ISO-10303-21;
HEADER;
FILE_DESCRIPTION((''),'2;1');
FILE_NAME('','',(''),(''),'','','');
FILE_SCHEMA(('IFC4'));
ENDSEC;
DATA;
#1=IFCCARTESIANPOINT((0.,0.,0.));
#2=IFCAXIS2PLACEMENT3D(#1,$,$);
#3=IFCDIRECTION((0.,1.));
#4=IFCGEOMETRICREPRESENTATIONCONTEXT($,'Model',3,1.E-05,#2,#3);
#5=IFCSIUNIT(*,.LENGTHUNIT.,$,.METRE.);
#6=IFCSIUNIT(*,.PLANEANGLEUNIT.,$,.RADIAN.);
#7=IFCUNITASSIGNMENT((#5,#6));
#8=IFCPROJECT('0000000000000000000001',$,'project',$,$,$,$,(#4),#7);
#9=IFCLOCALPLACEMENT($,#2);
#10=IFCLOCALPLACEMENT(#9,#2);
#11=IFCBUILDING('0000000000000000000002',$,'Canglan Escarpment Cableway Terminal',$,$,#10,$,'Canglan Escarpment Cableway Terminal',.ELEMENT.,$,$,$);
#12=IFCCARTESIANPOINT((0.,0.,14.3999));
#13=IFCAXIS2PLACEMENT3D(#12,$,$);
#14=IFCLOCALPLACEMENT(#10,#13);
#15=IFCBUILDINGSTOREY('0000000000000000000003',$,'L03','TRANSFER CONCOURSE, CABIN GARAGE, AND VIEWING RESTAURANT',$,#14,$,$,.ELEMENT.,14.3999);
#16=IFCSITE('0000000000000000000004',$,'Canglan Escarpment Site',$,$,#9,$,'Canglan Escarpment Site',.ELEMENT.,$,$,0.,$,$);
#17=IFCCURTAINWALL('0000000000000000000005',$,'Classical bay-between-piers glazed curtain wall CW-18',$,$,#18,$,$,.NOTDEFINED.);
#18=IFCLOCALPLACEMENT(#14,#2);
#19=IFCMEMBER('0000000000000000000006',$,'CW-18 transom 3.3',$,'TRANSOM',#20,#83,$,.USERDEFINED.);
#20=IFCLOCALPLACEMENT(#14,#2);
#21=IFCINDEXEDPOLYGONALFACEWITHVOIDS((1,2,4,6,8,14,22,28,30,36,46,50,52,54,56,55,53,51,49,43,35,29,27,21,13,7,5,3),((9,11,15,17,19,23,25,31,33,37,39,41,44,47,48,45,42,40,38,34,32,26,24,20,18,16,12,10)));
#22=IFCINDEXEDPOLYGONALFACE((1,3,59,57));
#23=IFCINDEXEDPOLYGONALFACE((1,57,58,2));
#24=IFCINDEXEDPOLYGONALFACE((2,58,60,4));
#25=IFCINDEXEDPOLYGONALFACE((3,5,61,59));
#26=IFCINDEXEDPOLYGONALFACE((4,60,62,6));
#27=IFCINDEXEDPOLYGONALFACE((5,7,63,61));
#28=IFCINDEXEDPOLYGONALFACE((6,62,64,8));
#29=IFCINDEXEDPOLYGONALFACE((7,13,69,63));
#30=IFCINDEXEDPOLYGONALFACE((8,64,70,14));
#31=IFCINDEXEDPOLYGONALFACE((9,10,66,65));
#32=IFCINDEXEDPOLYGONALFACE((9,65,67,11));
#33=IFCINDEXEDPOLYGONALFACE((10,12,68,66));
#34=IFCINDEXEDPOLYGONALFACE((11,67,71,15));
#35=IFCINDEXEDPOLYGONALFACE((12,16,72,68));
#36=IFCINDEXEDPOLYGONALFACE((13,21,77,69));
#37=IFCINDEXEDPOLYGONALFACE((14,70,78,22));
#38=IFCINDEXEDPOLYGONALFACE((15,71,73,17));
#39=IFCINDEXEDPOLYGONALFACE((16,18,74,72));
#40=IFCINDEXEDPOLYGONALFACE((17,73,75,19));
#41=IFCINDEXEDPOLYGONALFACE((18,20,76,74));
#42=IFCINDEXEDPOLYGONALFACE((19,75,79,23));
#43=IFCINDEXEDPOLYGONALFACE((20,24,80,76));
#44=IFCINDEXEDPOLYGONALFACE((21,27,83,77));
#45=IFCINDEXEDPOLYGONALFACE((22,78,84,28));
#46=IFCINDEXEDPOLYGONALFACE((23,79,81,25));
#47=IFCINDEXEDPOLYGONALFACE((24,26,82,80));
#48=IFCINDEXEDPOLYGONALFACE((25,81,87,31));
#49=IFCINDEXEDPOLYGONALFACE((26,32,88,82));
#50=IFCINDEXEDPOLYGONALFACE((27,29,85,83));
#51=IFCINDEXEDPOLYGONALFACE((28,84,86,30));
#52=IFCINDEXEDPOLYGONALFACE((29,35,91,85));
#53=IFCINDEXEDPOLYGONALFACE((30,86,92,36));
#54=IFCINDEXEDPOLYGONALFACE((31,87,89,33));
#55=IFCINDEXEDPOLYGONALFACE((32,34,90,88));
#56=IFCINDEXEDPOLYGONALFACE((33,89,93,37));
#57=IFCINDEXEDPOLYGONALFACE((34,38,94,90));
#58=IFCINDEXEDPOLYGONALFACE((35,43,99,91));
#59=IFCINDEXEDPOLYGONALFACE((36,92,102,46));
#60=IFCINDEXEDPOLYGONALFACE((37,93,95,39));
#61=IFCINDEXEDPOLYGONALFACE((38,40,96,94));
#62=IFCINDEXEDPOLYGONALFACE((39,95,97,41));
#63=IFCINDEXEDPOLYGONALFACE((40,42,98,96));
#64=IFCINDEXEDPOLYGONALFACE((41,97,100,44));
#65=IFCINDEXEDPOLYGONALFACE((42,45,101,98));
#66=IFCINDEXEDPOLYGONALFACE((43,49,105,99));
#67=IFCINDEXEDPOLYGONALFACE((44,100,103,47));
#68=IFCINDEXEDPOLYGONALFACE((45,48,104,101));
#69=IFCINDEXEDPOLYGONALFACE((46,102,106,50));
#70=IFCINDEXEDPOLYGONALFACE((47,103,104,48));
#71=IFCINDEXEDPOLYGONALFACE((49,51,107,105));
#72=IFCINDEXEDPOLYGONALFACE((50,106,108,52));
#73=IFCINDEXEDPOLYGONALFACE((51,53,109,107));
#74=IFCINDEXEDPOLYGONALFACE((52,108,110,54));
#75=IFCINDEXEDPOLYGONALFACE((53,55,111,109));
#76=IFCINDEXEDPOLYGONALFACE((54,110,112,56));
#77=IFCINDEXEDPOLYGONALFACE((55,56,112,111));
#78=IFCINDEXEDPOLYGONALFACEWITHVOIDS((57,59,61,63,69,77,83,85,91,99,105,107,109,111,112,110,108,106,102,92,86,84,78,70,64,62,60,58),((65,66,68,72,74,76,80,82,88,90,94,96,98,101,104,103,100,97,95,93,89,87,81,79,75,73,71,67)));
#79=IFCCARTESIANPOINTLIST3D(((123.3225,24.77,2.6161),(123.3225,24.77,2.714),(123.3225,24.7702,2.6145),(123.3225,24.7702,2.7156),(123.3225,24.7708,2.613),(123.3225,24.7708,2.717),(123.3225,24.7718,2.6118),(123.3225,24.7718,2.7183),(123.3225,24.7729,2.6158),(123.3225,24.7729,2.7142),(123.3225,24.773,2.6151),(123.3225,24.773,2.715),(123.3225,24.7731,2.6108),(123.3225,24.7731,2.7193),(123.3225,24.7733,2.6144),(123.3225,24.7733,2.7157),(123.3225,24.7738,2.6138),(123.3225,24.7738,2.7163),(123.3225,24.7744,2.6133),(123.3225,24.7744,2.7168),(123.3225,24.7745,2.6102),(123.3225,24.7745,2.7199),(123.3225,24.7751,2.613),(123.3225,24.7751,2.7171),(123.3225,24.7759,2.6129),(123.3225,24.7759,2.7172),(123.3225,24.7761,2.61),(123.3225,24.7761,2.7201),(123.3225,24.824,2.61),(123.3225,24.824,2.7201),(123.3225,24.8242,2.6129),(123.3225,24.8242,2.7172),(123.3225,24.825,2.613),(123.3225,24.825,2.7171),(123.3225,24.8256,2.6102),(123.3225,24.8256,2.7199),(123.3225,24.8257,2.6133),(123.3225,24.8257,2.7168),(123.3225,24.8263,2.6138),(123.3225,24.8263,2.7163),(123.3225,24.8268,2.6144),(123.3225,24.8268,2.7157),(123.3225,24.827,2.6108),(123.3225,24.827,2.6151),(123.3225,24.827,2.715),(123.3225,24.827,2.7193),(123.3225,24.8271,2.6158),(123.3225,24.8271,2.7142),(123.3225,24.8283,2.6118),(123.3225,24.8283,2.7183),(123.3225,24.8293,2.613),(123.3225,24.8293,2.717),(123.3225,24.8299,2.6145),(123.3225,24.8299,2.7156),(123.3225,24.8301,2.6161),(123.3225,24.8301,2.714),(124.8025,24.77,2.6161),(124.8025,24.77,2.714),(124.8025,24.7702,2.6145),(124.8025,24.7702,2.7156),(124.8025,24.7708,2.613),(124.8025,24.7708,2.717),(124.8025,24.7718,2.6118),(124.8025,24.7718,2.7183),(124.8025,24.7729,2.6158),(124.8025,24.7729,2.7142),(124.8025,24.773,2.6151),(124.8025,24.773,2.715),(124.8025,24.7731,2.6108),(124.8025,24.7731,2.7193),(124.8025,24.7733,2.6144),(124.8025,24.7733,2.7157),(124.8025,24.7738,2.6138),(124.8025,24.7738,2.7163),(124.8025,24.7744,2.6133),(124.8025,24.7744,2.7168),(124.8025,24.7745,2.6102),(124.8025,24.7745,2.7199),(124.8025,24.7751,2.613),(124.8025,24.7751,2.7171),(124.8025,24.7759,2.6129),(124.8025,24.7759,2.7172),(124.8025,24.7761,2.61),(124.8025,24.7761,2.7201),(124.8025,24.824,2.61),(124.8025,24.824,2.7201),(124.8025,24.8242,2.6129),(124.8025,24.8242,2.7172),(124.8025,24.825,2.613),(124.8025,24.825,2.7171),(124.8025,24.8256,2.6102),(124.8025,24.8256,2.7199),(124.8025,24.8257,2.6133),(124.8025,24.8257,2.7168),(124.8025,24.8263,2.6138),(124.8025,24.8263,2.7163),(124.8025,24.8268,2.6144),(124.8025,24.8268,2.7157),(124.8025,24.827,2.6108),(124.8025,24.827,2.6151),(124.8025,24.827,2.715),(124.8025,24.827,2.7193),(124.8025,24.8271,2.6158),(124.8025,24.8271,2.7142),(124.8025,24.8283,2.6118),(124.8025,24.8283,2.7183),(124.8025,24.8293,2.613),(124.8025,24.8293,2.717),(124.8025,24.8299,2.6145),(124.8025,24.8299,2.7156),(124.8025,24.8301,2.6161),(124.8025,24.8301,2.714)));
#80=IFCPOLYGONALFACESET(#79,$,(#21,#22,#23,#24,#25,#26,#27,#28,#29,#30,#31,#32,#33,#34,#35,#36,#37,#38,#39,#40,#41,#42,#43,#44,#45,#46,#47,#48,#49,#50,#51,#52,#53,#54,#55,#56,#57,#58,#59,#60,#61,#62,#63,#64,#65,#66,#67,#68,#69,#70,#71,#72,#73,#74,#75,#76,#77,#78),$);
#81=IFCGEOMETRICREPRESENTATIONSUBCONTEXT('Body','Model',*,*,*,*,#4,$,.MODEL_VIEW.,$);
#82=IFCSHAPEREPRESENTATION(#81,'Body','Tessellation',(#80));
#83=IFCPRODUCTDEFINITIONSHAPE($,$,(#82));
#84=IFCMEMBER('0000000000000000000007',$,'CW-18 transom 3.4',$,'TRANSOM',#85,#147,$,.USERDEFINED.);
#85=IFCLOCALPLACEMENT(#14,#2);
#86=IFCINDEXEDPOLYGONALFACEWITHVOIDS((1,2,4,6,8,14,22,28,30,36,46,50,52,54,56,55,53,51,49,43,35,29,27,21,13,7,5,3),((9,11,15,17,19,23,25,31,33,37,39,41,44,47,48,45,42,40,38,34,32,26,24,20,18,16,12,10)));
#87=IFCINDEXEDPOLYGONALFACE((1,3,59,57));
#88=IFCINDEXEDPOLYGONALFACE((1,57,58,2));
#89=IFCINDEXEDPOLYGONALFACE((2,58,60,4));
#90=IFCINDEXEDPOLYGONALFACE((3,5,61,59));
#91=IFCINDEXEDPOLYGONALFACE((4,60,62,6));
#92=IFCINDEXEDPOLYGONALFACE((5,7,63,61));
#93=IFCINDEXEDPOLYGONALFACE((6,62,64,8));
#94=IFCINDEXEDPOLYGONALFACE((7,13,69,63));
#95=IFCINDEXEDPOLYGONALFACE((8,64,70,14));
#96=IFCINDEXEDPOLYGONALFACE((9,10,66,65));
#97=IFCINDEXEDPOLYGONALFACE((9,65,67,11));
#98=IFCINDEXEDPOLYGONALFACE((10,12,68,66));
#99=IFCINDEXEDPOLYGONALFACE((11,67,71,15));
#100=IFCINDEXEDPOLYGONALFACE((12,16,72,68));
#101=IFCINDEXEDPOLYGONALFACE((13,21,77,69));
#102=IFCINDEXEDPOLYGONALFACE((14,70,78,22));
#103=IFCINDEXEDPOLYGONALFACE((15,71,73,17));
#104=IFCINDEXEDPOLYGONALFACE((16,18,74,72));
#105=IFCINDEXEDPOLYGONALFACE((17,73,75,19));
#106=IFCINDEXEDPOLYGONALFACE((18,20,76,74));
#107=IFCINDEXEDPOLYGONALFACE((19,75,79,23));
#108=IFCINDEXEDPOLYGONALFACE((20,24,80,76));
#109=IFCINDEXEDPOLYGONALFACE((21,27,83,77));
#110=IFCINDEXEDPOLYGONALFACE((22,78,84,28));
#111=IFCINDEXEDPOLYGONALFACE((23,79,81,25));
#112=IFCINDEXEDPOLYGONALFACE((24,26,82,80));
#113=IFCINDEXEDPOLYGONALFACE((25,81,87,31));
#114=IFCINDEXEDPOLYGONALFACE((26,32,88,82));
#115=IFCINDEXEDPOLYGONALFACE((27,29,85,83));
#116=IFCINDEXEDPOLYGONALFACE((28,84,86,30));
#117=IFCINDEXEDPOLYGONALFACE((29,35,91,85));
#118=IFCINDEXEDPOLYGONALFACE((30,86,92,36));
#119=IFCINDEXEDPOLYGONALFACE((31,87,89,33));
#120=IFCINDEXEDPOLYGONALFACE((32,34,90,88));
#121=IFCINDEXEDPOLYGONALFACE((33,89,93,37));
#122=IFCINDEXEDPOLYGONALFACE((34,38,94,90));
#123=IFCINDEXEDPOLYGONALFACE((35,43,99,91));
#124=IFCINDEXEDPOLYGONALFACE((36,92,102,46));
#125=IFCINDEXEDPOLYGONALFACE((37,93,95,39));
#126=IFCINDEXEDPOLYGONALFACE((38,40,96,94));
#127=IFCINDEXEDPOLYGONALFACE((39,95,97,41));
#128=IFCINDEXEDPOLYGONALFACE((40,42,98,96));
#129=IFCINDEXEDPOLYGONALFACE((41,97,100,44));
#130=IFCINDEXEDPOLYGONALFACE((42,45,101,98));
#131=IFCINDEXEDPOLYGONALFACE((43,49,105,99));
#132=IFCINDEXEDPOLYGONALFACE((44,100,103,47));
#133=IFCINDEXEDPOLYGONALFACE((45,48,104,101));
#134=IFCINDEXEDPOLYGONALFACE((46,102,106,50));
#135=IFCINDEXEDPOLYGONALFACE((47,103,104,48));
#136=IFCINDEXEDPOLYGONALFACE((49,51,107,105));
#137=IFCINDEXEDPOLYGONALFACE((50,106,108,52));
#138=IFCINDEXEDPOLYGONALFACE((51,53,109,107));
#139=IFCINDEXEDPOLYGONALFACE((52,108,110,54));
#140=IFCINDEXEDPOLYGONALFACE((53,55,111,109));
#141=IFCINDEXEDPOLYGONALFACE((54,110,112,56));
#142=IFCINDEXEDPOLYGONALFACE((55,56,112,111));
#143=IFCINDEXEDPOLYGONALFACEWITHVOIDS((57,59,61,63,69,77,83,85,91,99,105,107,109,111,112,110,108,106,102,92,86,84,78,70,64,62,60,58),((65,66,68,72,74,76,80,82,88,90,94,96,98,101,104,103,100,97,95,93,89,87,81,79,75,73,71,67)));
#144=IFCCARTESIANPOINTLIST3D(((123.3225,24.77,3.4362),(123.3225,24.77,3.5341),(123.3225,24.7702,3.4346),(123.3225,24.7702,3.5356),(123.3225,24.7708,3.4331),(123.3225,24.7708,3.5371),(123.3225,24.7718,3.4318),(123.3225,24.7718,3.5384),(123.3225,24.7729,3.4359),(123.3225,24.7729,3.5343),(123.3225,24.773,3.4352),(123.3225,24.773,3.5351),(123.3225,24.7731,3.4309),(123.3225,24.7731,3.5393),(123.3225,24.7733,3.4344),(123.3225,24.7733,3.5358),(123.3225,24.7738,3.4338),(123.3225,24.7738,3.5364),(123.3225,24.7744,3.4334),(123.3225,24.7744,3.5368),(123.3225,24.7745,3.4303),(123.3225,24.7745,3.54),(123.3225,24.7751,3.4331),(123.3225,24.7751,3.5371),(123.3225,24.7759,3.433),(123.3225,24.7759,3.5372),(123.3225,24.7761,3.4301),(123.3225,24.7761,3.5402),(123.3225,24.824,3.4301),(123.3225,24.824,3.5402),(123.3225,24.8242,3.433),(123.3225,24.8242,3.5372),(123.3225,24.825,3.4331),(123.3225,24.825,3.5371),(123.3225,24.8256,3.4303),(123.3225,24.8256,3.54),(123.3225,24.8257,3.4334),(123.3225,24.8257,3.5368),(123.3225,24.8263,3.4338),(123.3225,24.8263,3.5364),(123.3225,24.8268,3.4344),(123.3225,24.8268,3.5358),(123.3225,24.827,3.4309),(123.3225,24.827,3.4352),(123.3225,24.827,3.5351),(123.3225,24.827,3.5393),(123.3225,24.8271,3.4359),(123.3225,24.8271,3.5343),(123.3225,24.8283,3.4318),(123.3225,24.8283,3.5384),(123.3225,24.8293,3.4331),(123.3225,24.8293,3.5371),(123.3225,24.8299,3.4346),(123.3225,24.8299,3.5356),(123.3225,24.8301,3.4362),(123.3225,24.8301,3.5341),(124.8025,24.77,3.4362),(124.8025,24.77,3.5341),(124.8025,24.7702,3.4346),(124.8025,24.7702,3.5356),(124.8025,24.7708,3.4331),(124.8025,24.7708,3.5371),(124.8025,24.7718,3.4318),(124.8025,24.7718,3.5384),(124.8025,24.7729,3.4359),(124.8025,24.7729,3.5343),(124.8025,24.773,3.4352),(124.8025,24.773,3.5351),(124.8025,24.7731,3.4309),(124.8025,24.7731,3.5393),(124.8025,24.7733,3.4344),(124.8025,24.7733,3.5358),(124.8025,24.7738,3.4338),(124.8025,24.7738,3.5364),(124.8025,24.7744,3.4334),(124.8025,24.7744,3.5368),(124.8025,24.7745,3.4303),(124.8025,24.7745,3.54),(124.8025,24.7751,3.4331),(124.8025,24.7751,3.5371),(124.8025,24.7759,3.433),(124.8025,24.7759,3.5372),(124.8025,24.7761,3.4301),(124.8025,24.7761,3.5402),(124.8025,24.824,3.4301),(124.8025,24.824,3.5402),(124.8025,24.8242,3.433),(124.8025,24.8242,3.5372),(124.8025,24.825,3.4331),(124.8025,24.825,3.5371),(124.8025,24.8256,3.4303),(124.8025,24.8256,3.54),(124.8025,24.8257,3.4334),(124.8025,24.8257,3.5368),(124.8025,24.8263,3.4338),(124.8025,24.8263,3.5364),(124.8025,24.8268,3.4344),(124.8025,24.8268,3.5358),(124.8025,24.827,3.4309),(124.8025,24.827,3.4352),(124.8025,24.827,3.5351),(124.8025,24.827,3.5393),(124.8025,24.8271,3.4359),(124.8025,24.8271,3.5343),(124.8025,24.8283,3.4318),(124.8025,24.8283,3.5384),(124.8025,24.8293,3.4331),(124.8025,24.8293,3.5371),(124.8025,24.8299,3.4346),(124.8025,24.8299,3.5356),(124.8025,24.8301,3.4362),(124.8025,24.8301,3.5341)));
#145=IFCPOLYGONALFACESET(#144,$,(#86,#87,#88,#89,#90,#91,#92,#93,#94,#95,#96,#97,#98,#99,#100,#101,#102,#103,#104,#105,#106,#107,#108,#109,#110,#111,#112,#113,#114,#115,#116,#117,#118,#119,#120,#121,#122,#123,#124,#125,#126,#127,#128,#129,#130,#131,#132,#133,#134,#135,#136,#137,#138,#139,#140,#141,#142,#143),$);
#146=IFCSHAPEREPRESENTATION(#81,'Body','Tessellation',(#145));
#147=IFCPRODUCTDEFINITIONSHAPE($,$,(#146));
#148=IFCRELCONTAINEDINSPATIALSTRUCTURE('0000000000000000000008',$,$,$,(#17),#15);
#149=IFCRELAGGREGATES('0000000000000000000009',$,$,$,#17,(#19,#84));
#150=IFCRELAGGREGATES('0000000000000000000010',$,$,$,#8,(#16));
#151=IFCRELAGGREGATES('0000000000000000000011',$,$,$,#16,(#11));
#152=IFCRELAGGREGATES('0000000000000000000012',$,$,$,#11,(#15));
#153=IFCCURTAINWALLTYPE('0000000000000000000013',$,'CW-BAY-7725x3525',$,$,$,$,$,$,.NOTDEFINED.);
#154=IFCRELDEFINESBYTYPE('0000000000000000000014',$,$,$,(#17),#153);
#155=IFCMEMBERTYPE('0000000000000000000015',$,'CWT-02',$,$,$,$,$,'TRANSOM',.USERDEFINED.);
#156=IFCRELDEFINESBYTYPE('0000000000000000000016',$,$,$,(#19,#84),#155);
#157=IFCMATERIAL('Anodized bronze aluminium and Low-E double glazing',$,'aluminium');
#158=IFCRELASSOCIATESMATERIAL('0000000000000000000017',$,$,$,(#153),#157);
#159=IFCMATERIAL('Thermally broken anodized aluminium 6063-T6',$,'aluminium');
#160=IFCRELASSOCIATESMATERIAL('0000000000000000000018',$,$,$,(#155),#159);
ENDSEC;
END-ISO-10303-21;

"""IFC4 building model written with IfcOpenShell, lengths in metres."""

from ifc_helpers import new_model, si_unit, direction, frame, origin, origin_2d, place, context, subcontext, project, spatial, hollow_rectangle, extrude, material, material_profile, profile_set, type_object, element, aggregate, save


model = new_model("IFC4")

# Units and contexts
model_context = context("Model", 3, precision=1e-05, world=origin(), true_north=direction((0.0, 1.0)))
body_context = subcontext(model_context, "Body", "Model", "MODEL_VIEW")
ifc_project = project(units=[si_unit("LENGTHUNIT", "METRE"), si_unit("PLANEANGLEUNIT", "RADIAN")], contexts=[model_context])

# Site, building, storey
site_placement = place(None, origin())
site = spatial("IfcSite", under=ifc_project, at=site_placement, Name="Canglan Escarpment Site", LongName="Canglan Escarpment Site", CompositionType="ELEMENT", RefElevation=0.0)
building_placement = place(site_placement, origin())
building = spatial("IfcBuilding", under=site, at=building_placement, Name="Canglan Escarpment Cableway Terminal", LongName="Canglan Escarpment Cableway Terminal", CompositionType="ELEMENT")
storey_placement = place(building_placement, frame((0.0, 0.0, 14.3999)))
storey = spatial("IfcBuildingStorey", under=building, at=storey_placement, Name="L03", Description="TRANSFER CONCOURSE, CABIN GARAGE, AND VIEWING RESTAURANT", CompositionType="ELEMENT", Elevation=14.3999)

# Curtain wall, members
ifc_material_1 = material(Name="Anodized bronze aluminium and Low-E double glazing", Category="aluminium")
curtain_wall_type = type_object("IfcCurtainWallType", Name="CW-BAY-7725x3525", PredefinedType="NOTDEFINED", material=ifc_material_1)
curtain_wall_placement = place(storey_placement, origin())
curtain_wall = element("IfcCurtainWall", 1, at=curtain_wall_placement, inside=storey, type_object=curtain_wall_type, Name="Classical bay-between-piers glazed curtain wall CW-18", PredefinedType="NOTDEFINED")
ifc_material_2 = material(Name="Thermally broken anodized aluminium 6063-T6", Category="aluminium")
ifc_material_profile_1 = material_profile(ifc_material_2, hollow_rectangle(XDim=0.0601, YDim=0.1101, WallThickness=0.0029, InnerFilletRadius=0.0029, OuterFilletRadius=0.0061, at=origin_2d()), Name="ALU-TRAN 60x110x3")
ifc_profile_set_1 = profile_set([ifc_material_profile_1], Name="Thermally broken anodized aluminium 6063-T6")
member_type_1 = type_object("IfcMemberType", Name="CWT-02", ElementType="TRANSOM", PredefinedType="USERDEFINED", material=ifc_profile_set_1)
member_1_placement = place(storey_placement, frame((124.8025, 24.8, 2.665), z_axis=(-1.0, 0.0, 0.0), x_axis=(0.0, -1.0, 0.0)))
member_1 = element("IfcMember", 2, at=member_1_placement, type_object=member_type_1, Name="CW-18 transom 3.3", ObjectType="TRANSOM", PredefinedType="USERDEFINED", context=body_context, shape_type="SweptSolid", body=[
    extrude(hollow_rectangle(XDim=0.0601, YDim=0.1101, WallThickness=0.0029, InnerFilletRadius=0.0029, OuterFilletRadius=0.0061, at=origin_2d()), origin(), (0.0, 0.0, 1.0), 1.48),
])
member_2_placement = place(storey_placement, frame((124.8025, 24.8, 3.4851), z_axis=(-1.0, 0.0, 0.0), x_axis=(0.0, -1.0, 0.0)))
member_2 = element("IfcMember", 3, at=member_2_placement, type_object=member_type_1, Name="CW-18 transom 3.4", ObjectType="TRANSOM", PredefinedType="USERDEFINED", context=body_context, shape_type="SweptSolid", body=[
    extrude(hollow_rectangle(XDim=0.0601, YDim=0.1101, WallThickness=0.0029, InnerFilletRadius=0.0029, OuterFilletRadius=0.0061, at=origin_2d()), origin(), (0.0, 0.0, 1.0), 1.48),
])
aggregate(curtain_wall, [member_1, member_2])

save(model, "model.ifc")
